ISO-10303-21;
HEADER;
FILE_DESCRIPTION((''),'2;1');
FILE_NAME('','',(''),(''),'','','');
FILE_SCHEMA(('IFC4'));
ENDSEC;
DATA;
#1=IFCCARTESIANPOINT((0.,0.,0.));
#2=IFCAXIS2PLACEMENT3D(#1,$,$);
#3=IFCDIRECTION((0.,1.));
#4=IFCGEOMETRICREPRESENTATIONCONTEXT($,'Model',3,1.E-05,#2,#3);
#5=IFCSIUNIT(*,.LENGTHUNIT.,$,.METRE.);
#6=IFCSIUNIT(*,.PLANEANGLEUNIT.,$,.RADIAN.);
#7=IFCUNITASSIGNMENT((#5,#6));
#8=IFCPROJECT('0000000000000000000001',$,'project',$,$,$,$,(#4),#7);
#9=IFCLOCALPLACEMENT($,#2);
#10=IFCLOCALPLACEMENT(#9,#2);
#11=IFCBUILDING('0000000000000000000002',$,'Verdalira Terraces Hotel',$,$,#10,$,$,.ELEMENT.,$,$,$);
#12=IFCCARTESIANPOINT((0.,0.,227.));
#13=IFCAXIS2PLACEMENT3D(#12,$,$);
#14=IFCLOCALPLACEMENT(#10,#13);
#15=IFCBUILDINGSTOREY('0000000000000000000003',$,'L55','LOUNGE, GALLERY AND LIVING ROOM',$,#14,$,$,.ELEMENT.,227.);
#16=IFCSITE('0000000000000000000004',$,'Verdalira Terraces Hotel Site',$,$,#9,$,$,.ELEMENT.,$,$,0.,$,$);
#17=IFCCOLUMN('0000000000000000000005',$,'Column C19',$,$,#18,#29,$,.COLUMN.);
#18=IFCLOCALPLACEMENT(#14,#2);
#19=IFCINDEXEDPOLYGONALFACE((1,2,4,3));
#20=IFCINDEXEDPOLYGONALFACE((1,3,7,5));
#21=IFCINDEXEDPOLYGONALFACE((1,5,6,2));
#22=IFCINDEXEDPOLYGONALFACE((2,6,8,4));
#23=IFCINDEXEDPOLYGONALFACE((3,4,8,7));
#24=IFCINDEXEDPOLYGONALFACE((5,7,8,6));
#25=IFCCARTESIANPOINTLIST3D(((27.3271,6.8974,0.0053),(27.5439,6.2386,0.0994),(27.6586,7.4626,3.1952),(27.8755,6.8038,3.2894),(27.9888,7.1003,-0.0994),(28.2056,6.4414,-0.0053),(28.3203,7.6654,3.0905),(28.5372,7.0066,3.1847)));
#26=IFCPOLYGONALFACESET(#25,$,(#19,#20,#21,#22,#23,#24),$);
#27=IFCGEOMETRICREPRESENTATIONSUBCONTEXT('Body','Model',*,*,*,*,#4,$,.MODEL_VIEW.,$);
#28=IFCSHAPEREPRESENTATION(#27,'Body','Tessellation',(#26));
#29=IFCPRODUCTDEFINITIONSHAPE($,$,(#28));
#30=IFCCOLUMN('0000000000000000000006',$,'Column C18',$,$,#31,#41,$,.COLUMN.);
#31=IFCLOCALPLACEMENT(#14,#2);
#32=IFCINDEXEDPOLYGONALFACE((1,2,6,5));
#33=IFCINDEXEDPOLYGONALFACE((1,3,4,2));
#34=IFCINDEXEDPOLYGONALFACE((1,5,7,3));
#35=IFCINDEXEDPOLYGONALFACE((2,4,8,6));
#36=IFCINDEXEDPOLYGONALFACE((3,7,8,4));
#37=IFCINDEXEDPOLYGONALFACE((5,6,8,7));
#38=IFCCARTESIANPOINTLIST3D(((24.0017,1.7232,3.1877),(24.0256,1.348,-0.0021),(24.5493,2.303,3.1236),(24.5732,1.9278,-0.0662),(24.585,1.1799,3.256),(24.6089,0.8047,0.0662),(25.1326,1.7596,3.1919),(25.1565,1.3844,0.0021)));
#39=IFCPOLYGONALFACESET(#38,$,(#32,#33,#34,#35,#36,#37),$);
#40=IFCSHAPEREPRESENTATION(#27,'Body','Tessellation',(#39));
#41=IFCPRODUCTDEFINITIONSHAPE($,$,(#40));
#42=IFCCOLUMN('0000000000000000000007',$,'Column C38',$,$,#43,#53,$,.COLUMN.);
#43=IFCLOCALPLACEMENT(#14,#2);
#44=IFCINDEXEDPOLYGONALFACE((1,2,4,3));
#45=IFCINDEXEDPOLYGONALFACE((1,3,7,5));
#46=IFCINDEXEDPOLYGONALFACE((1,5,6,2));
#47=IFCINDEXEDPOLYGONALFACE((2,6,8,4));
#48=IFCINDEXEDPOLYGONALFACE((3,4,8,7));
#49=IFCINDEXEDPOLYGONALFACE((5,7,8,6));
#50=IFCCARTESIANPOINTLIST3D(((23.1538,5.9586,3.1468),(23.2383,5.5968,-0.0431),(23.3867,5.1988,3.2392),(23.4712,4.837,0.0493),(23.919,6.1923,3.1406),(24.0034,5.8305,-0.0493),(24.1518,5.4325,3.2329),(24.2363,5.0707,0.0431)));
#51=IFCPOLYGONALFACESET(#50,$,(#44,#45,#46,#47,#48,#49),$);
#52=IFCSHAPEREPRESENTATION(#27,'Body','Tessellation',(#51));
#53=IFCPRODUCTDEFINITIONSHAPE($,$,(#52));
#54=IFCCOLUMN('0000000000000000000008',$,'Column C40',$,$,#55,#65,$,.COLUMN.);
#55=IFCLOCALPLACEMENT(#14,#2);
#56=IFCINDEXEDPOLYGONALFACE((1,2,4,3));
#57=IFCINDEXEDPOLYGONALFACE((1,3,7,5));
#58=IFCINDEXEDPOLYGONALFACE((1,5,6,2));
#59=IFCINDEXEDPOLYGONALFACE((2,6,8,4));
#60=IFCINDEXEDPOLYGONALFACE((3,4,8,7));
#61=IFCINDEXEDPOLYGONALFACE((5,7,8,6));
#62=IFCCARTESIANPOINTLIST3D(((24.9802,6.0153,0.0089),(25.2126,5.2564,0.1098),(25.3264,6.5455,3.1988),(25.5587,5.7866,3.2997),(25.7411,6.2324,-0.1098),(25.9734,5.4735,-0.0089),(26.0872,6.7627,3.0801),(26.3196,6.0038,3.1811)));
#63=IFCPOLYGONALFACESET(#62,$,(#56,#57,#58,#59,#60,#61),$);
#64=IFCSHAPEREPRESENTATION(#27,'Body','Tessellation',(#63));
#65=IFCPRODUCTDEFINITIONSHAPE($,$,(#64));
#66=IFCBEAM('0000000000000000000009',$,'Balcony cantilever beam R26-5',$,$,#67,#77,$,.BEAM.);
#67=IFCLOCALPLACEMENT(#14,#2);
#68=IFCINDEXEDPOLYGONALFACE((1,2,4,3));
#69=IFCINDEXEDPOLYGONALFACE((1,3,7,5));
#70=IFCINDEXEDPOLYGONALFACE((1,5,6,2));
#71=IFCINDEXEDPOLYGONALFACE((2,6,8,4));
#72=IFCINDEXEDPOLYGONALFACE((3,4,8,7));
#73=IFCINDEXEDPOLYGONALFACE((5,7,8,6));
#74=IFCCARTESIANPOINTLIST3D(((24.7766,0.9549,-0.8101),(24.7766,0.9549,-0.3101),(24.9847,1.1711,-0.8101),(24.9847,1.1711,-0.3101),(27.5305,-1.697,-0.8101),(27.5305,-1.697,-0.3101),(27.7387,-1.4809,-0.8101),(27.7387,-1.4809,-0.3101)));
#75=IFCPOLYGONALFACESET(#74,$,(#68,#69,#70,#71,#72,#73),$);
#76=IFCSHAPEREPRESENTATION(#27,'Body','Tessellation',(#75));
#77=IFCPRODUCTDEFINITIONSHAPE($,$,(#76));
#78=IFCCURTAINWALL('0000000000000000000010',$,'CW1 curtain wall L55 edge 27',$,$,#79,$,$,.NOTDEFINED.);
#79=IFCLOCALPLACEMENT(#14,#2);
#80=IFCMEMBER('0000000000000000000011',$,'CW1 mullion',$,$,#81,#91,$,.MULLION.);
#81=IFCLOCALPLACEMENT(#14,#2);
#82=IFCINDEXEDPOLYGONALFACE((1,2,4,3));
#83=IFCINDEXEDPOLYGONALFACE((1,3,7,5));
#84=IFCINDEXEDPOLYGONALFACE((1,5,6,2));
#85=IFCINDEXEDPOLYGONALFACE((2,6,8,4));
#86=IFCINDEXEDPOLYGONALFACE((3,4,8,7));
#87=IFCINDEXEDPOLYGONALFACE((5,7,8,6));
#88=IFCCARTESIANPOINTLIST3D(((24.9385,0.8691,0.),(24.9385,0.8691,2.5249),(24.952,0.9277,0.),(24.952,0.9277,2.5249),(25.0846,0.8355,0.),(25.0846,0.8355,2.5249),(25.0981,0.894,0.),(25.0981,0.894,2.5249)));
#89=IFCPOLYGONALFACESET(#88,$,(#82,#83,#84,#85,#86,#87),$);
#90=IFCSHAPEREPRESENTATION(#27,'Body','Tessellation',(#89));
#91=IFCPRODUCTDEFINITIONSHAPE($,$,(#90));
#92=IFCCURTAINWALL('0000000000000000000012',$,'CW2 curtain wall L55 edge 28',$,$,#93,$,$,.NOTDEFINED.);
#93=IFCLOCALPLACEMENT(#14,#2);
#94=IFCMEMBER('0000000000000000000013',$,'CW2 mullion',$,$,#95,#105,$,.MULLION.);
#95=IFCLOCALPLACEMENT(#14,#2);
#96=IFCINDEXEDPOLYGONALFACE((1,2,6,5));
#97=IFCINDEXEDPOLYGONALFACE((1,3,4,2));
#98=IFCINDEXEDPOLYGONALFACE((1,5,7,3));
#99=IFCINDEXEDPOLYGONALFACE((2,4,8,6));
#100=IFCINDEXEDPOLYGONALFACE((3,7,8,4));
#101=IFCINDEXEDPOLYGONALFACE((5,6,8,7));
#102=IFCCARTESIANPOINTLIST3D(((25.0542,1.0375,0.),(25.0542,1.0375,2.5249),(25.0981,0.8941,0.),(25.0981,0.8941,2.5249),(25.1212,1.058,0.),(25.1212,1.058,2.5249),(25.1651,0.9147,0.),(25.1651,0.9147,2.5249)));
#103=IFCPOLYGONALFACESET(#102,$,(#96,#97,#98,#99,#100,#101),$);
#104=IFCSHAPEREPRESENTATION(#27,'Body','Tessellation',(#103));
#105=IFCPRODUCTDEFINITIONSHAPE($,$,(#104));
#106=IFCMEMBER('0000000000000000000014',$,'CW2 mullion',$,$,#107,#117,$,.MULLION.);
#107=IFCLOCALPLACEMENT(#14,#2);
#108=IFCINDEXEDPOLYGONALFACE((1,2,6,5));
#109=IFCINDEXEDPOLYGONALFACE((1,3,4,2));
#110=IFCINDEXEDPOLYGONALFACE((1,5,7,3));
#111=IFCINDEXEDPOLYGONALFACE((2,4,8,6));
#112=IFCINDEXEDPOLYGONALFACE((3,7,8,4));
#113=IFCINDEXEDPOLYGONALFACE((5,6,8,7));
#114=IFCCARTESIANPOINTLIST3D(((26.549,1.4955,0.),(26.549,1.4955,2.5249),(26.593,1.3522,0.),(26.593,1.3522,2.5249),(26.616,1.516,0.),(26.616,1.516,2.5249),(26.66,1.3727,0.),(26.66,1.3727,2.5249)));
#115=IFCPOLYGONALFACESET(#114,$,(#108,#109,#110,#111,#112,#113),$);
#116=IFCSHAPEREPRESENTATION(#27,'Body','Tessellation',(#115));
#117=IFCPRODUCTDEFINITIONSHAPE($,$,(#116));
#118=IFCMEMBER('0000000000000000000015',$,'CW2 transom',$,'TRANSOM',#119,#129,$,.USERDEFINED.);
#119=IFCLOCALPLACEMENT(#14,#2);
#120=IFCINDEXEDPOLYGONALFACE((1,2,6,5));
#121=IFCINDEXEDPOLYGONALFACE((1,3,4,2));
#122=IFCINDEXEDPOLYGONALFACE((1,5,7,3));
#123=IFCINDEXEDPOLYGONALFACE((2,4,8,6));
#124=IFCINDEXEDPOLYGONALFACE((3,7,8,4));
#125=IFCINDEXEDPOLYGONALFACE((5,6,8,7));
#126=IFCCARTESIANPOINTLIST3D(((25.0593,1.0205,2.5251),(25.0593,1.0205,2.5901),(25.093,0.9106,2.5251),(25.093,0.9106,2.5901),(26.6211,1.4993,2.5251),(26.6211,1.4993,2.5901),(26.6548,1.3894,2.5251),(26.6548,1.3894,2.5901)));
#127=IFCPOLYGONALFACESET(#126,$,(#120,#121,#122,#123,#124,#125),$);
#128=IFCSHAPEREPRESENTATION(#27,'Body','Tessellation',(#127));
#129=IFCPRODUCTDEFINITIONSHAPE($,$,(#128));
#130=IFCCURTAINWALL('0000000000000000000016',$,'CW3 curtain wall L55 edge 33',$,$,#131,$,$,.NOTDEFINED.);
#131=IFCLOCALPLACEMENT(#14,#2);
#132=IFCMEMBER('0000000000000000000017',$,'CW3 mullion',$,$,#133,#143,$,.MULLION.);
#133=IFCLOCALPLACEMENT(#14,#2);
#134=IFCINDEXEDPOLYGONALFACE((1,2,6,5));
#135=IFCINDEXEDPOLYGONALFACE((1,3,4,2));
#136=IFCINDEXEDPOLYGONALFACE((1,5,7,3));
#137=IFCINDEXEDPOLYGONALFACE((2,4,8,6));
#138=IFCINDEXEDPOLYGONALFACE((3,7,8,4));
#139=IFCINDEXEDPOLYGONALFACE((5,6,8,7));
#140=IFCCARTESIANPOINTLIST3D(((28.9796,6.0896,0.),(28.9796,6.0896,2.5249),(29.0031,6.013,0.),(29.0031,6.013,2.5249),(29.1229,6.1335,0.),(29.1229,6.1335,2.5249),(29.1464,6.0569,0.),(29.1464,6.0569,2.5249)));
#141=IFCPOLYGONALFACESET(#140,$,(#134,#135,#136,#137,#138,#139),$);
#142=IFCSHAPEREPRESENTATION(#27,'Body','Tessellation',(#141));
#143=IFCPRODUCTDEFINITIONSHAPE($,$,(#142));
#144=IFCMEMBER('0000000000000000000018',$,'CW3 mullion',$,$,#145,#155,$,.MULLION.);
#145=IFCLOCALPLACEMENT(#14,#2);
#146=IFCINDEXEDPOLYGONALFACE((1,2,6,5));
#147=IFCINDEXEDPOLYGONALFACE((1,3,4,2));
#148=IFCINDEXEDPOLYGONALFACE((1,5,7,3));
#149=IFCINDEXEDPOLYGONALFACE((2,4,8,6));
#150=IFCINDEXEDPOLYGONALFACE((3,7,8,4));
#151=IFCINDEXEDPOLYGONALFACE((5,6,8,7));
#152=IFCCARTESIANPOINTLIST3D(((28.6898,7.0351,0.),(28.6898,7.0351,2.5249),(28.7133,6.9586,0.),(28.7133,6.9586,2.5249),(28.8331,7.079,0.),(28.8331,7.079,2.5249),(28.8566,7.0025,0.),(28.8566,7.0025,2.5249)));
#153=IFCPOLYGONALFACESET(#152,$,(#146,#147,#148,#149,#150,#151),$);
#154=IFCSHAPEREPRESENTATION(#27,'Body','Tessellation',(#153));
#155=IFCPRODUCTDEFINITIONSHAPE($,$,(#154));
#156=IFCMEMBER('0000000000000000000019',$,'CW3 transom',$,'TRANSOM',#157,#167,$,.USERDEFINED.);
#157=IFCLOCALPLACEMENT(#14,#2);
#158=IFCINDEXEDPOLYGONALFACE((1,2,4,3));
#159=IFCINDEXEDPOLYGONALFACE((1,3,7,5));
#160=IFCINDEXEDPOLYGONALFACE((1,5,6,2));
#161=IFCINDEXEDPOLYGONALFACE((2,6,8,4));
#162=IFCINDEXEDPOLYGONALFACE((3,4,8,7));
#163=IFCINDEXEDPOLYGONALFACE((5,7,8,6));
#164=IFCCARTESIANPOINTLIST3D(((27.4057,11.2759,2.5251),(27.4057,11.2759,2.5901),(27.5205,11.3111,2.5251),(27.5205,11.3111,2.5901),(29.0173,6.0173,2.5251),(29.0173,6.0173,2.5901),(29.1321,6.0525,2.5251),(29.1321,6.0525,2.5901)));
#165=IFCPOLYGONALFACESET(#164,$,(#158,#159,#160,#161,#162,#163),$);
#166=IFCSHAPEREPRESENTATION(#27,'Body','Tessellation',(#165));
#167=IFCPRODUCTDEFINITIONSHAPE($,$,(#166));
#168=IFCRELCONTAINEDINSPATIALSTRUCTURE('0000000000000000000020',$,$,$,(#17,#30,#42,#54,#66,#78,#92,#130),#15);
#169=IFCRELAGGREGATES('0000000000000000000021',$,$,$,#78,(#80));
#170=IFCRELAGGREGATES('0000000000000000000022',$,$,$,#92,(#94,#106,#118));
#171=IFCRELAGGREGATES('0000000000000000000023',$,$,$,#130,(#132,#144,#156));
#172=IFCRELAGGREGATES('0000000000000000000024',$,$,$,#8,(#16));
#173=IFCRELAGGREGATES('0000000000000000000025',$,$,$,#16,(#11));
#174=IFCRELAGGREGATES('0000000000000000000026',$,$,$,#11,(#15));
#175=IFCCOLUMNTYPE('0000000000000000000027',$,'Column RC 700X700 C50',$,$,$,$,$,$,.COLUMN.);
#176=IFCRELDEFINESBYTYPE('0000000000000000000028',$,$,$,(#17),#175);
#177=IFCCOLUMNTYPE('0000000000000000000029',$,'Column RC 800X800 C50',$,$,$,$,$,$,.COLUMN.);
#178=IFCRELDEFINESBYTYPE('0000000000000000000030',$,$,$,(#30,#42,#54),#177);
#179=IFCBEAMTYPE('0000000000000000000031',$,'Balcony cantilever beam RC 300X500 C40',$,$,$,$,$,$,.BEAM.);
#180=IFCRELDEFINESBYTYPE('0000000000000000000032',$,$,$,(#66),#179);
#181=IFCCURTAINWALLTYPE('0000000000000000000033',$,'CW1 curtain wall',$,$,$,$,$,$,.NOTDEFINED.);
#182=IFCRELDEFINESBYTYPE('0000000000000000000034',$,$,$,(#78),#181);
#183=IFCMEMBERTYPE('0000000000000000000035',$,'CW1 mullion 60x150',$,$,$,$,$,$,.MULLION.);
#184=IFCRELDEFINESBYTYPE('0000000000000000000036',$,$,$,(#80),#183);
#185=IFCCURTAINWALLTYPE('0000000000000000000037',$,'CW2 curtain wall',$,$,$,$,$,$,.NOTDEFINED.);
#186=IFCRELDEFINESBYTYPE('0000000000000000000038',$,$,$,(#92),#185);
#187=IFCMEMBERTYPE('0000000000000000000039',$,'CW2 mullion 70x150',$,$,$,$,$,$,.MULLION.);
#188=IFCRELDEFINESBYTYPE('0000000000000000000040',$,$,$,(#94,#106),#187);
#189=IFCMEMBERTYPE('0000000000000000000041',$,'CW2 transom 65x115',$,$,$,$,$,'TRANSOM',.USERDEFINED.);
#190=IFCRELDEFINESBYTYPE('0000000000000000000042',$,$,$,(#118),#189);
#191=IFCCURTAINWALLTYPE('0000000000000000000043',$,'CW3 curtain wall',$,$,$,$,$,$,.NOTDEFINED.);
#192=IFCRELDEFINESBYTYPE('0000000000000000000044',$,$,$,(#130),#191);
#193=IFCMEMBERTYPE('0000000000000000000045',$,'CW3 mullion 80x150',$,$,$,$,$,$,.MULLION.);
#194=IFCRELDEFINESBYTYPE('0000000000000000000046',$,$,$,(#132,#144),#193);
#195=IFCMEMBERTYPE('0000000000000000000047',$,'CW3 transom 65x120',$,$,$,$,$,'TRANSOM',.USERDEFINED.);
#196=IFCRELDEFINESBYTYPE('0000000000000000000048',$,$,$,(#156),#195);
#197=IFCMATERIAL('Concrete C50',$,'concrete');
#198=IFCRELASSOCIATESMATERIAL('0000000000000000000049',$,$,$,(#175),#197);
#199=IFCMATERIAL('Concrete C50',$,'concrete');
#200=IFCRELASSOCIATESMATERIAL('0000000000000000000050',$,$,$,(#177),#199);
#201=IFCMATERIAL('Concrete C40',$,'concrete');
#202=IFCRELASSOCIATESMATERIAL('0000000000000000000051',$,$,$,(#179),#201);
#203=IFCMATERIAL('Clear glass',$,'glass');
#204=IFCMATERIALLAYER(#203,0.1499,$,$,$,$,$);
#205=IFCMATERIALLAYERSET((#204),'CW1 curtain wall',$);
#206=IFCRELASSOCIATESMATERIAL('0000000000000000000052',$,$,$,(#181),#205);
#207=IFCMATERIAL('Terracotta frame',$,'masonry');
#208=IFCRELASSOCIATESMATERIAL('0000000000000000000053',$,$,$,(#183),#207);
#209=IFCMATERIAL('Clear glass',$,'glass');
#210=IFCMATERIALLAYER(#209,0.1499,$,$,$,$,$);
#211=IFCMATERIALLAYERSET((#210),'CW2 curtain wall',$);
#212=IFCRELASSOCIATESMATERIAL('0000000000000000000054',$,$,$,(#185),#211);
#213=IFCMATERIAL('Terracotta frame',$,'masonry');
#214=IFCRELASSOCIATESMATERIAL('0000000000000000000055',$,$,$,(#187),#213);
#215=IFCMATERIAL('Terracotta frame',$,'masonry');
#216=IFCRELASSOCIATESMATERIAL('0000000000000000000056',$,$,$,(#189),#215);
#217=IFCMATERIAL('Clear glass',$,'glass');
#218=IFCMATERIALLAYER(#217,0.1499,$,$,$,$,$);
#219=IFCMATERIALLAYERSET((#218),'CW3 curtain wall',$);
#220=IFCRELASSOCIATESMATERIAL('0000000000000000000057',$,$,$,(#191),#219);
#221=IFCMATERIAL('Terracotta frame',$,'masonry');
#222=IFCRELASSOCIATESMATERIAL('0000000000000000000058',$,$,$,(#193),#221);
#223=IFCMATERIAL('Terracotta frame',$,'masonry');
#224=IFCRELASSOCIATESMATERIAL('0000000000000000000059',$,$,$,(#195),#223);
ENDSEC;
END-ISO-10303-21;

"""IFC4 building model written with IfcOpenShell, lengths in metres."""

from ifc_helpers import new_model, si_unit, direction, frame, origin, origin_2d, place, context, subcontext, project, spatial, rectangle, extrude, material, layer, layer_set, material_profile, profile_set, type_object, element, aggregate, save


model = new_model("IFC4")

# Units and contexts
model_context = context("Model", 3, precision=1e-05, world=origin(), true_north=direction((0.0, 1.0)))
body_context = subcontext(model_context, "Body", "Model", "MODEL_VIEW")
ifc_project = project(units=[si_unit("LENGTHUNIT", "METRE"), si_unit("PLANEANGLEUNIT", "RADIAN")], contexts=[model_context])

# Site, building, storey
site_placement = place(None, origin())
site = spatial("IfcSite", under=ifc_project, at=site_placement, Name="Verdalira Terraces Hotel Site", CompositionType="ELEMENT", RefElevation=0.0)
building_placement = place(site_placement, origin())
building = spatial("IfcBuilding", under=site, at=building_placement, Name="Verdalira Terraces Hotel", CompositionType="ELEMENT")
storey_placement = place(building_placement, frame((0.0, 0.0, 227.0)))
storey = spatial("IfcBuildingStorey", under=building, at=storey_placement, Name="L55", Description="LOUNGE, GALLERY AND LIVING ROOM", CompositionType="ELEMENT", Elevation=227.0)

# Columns
ifc_material_1 = material(Name="Concrete C50", Category="concrete")
ifc_material_profile_1 = material_profile(ifc_material_1, rectangle(XDim=0.7, YDim=0.7, at=origin_2d()), Name="RC 700X700")
ifc_profile_set_1 = profile_set([ifc_material_profile_1], Name="Concrete C50")
column_type_1 = type_object("IfcColumnType", Name="Column RC 700X700 C50", PredefinedType="COLUMN", material=ifc_profile_set_1)
column_1_placement = place(storey_placement, frame((27.7664, 6.6694, 0.0), z_axis=(0.101808, 0.173554, 0.979548), x_axis=(-0.309802, 0.941231, -0.134566)))
element("IfcColumn", 1, at=column_1_placement, inside=storey, type_object=column_type_1, Name="Column C19", PredefinedType="COLUMN", context=body_context, shape_type="SweptSolid", body=[
    extrude(rectangle(XDim=0.7, YDim=0.7, at=origin_2d()), origin(), (0.0, 0.0, 1.0), 3.2566),
])
ifc_material_2 = material(Name="Concrete C50", Category="concrete")
ifc_material_profile_2 = material_profile(ifc_material_2, rectangle(XDim=0.8, YDim=0.8, at=origin_2d()), Name="RC 800X800")
ifc_profile_set_2 = profile_set([ifc_material_profile_2], Name="Concrete C50")
column_type_2 = type_object("IfcColumnType", Name="Column RC 800X800 C50", PredefinedType="COLUMN", material=ifc_profile_set_2)
column_2_placement = place(storey_placement, frame((24.5911, 1.3662, 0.0), z_axis=(-0.007449, 0.116825, 0.993125), x_axis=(-0.68445, -0.724645, 0.080109)))
element("IfcColumn", 2, at=column_2_placement, inside=storey, type_object=column_type_2, Name="Column C18", PredefinedType="COLUMN", context=body_context, shape_type="SweptSolid", body=[
    extrude(rectangle(XDim=0.8, YDim=0.8, at=origin_2d()), origin(), (0.0, 0.0, 1.0), 3.2119),
])
column_3_placement = place(storey_placement, frame((23.7373, 5.3337, 0.0), z_axis=(-0.026303, 0.112663, 0.993285), x_axis=(0.956349, 0.292122, -0.007809)))
element("IfcColumn", 3, at=column_3_placement, inside=storey, type_object=column_type_2, Name="Column C38", PredefinedType="COLUMN", context=body_context, shape_type="SweptSolid", body=[
    extrude(rectangle(XDim=0.8, YDim=0.8, at=origin_2d()), origin(), (0.0, 0.0, 1.0), 3.2114),
])
column_4_placement = place(storey_placement, frame((25.4768, 5.7444, 0.0), z_axis=(0.106449, 0.163051, 0.980858), x_axis=(0.95097, 0.271398, -0.14832)))
element("IfcColumn", 4, at=column_4_placement, inside=storey, type_object=column_type_2, Name="Column C40", PredefinedType="COLUMN", context=body_context, shape_type="SweptSolid", body=[
    extrude(rectangle(XDim=0.8, YDim=0.8, at=origin_2d()), origin(), (0.0, 0.0, 1.0), 3.2522),
])

# Beam
ifc_material_3 = material(Name="Concrete C40", Category="concrete")
ifc_material_profile_3 = material_profile(ifc_material_3, rectangle(XDim=0.3, YDim=0.5, at=origin_2d()), Name="RC 300X500")
ifc_profile_set_3 = profile_set([ifc_material_profile_3], Name="Concrete C40")
beam_type_1 = type_object("IfcBeamType", Name="Balcony cantilever beam RC 300X500 C40", PredefinedType="BEAM", material=ifc_profile_set_3)
beam_1_placement = place(storey_placement, frame((24.8806, 1.063, -0.5601), z_axis=(0.720327, -0.693634, 0.0), x_axis=(0.693634, 0.720327, 0.0)))
element("IfcBeam", 5, at=beam_1_placement, inside=storey, type_object=beam_type_1, Name="Balcony cantilever beam R26-5", PredefinedType="BEAM", context=body_context, shape_type="SweptSolid", body=[
    extrude(rectangle(XDim=0.3, YDim=0.5, at=origin_2d()), origin(), (0.0, 0.0, 1.0), 3.8232),
])

# Curtain wall, member
ifc_material_4 = material(Name="Clear glass", Category="glass")
ifc_layer_1 = layer(ifc_material_4, 0.1499)
ifc_layer_set_1 = layer_set([ifc_layer_1], Name="CW1 curtain wall")
curtain_wall_type_1 = type_object("IfcCurtainWallType", Name="CW1 curtain wall", PredefinedType="NOTDEFINED", material=ifc_layer_set_1)
curtain_wall_1_placement = place(storey_placement, origin())
curtain_wall_1 = element("IfcCurtainWall", 6, at=curtain_wall_1_placement, inside=storey, type_object=curtain_wall_type_1, Name="CW1 curtain wall L55 edge 27", PredefinedType="NOTDEFINED")
ifc_material_5 = material(Name="Terracotta frame", Category="masonry")
ifc_material_profile_4 = material_profile(ifc_material_5, rectangle(XDim=0.0601, YDim=0.1499, at=origin_2d()), Name="MU 60x150")
ifc_profile_set_4 = profile_set([ifc_material_profile_4], Name="Terracotta frame")
member_type_1 = type_object("IfcMemberType", Name="CW1 mullion 60x150", PredefinedType="MULLION", material=ifc_profile_set_4)
member_1_placement = place(storey_placement, frame((25.0183, 0.8816, 0.0), z_axis=(0.0, 0.0, 1.0), x_axis=(0.224271, 0.974527, 0.0)))
member_1 = element("IfcMember", 7, at=member_1_placement, type_object=member_type_1, Name="CW1 mullion", PredefinedType="MULLION", context=body_context, shape_type="SweptSolid", body=[
    extrude(rectangle(XDim=0.0601, YDim=0.1499, at=origin_2d()), origin(), (0.0, 0.0, 1.0), 2.5249),
])
aggregate(curtain_wall_1, [member_1])

# Curtain walls, members
ifc_material_6 = material(Name="Clear glass", Category="glass")
ifc_layer_2 = layer(ifc_material_6, 0.1499)
ifc_layer_set_2 = layer_set([ifc_layer_2], Name="CW2 curtain wall")
curtain_wall_type_2 = type_object("IfcCurtainWallType", Name="CW2 curtain wall", PredefinedType="NOTDEFINED", material=ifc_layer_set_2)
curtain_wall_2_placement = place(storey_placement, origin())
curtain_wall_2 = element("IfcCurtainWall", 8, at=curtain_wall_2_placement, inside=storey, type_object=curtain_wall_type_2, Name="CW2 curtain wall L55 edge 28", PredefinedType="NOTDEFINED")
ifc_material_7 = material(Name="Terracotta frame", Category="masonry")
ifc_material_profile_5 = material_profile(ifc_material_7, rectangle(XDim=0.0701, YDim=0.1499, at=origin_2d()), Name="MU 70x150")
ifc_profile_set_5 = profile_set([ifc_material_profile_5], Name="Terracotta frame")
member_type_2 = type_object("IfcMemberType", Name="CW2 mullion 70x150", PredefinedType="MULLION", material=ifc_profile_set_5)
member_2_placement = place(storey_placement, frame((25.1096, 0.9761, 0.0), z_axis=(0.0, 0.0, 1.0), x_axis=(0.9561, 0.293039, 0.0)))
member_2 = element("IfcMember", 9, at=member_2_placement, type_object=member_type_2, Name="CW2 mullion", PredefinedType="MULLION", context=body_context, shape_type="SweptSolid", body=[
    extrude(rectangle(XDim=0.0701, YDim=0.1499, at=origin_2d()), origin(), (0.0, 0.0, 1.0), 2.5249),
])
member_3_placement = place(storey_placement, frame((26.6045, 1.4341, 0.0), z_axis=(0.0, 0.0, 1.0), x_axis=(0.9561, 0.293039, 0.0)))
member_3 = element("IfcMember", 10, at=member_3_placement, type_object=member_type_2, Name="CW2 mullion", PredefinedType="MULLION", context=body_context, shape_type="SweptSolid", body=[
    extrude(rectangle(XDim=0.0701, YDim=0.1499, at=origin_2d()), origin(), (0.0, 0.0, 1.0), 2.5249),
])
ifc_material_8 = material(Name="Terracotta frame", Category="masonry")
ifc_material_profile_6 = material_profile(ifc_material_8, rectangle(XDim=0.115, YDim=0.0649, at=origin_2d()), Name="TR 65x115")
ifc_profile_set_6 = profile_set([ifc_material_profile_6], Name="Terracotta frame")
member_type_3 = type_object("IfcMemberType", Name="CW2 transom 65x115", ElementType="TRANSOM", PredefinedType="USERDEFINED", material=ifc_profile_set_6)
member_4_placement = place(storey_placement, frame((25.0762, 0.9656, 2.5576), z_axis=(0.956085, 0.293088, 0.0), x_axis=(-0.293088, 0.956085, 0.0)))
member_4 = element("IfcMember", 11, at=member_4_placement, type_object=member_type_3, Name="CW2 transom", ObjectType="TRANSOM", PredefinedType="USERDEFINED", context=body_context, shape_type="SweptSolid", body=[
    extrude(rectangle(XDim=0.115, YDim=0.0649, at=origin_2d()), origin(), (0.0, 0.0, 1.0), 1.6335),
])
ifc_material_9 = material(Name="Clear glass", Category="glass")
ifc_layer_3 = layer(ifc_material_9, 0.1499)
ifc_layer_set_3 = layer_set([ifc_layer_3], Name="CW3 curtain wall")
curtain_wall_type_3 = type_object("IfcCurtainWallType", Name="CW3 curtain wall", PredefinedType="NOTDEFINED", material=ifc_layer_set_3)
curtain_wall_3_placement = place(storey_placement, origin())
curtain_wall_3 = element("IfcCurtainWall", 12, at=curtain_wall_3_placement, inside=storey, type_object=curtain_wall_type_3, Name="CW3 curtain wall L55 edge 33", PredefinedType="NOTDEFINED")
ifc_material_10 = material(Name="Terracotta frame", Category="masonry")
ifc_material_profile_7 = material_profile(ifc_material_10, rectangle(XDim=0.0801, YDim=0.1499, at=origin_2d()), Name="MU 80x150")
ifc_profile_set_7 = profile_set([ifc_material_profile_7], Name="Terracotta frame")
member_type_4 = type_object("IfcMemberType", Name="CW3 mullion 80x150", PredefinedType="MULLION", material=ifc_profile_set_7)
member_5_placement = place(storey_placement, frame((29.063, 6.0732, 0.0), z_axis=(0.0, 0.0, 1.0), x_axis=(-0.293039, 0.9561, 0.0)))
member_5 = element("IfcMember", 13, at=member_5_placement, type_object=member_type_4, Name="CW3 mullion", PredefinedType="MULLION", context=body_context, shape_type="SweptSolid", body=[
    extrude(rectangle(XDim=0.0801, YDim=0.1499, at=origin_2d()), origin(), (0.0, 0.0, 1.0), 2.5249),
])
member_6_placement = place(storey_placement, frame((28.7732, 7.0188, 0.0), z_axis=(0.0, 0.0, 1.0), x_axis=(-0.293039, 0.9561, 0.0)))
member_6 = element("IfcMember", 14, at=member_6_placement, type_object=member_type_4, Name="CW3 mullion", PredefinedType="MULLION", context=body_context, shape_type="SweptSolid", body=[
    extrude(rectangle(XDim=0.0801, YDim=0.1499, at=origin_2d()), origin(), (0.0, 0.0, 1.0), 2.5249),
])
ifc_material_11 = material(Name="Terracotta frame", Category="masonry")
ifc_material_profile_8 = material_profile(ifc_material_11, rectangle(XDim=0.1201, YDim=0.0649, at=origin_2d()), Name="TR 65x120")
ifc_profile_set_8 = profile_set([ifc_material_profile_8], Name="Terracotta frame")
member_type_5 = type_object("IfcMemberType", Name="CW3 transom 65x120", ElementType="TRANSOM", PredefinedType="USERDEFINED", material=ifc_profile_set_8)
member_7_placement = place(storey_placement, frame((29.0747, 6.0349, 2.5576), z_axis=(-0.293016, 0.956108, 0.0), x_axis=(-0.956108, -0.293016, 0.0)))
member_7 = element("IfcMember", 15, at=member_7_placement, type_object=member_type_5, Name="CW3 transom", ObjectType="TRANSOM", PredefinedType="USERDEFINED", context=body_context, shape_type="SweptSolid", body=[
    extrude(rectangle(XDim=0.1201, YDim=0.0649, at=origin_2d()), origin(), (0.0, 0.0, 1.0), 5.5),
])

aggregate(curtain_wall_2, [member_2, member_3, member_4])
aggregate(curtain_wall_3, [member_5, member_6, member_7])

save(model, "model.ifc")
